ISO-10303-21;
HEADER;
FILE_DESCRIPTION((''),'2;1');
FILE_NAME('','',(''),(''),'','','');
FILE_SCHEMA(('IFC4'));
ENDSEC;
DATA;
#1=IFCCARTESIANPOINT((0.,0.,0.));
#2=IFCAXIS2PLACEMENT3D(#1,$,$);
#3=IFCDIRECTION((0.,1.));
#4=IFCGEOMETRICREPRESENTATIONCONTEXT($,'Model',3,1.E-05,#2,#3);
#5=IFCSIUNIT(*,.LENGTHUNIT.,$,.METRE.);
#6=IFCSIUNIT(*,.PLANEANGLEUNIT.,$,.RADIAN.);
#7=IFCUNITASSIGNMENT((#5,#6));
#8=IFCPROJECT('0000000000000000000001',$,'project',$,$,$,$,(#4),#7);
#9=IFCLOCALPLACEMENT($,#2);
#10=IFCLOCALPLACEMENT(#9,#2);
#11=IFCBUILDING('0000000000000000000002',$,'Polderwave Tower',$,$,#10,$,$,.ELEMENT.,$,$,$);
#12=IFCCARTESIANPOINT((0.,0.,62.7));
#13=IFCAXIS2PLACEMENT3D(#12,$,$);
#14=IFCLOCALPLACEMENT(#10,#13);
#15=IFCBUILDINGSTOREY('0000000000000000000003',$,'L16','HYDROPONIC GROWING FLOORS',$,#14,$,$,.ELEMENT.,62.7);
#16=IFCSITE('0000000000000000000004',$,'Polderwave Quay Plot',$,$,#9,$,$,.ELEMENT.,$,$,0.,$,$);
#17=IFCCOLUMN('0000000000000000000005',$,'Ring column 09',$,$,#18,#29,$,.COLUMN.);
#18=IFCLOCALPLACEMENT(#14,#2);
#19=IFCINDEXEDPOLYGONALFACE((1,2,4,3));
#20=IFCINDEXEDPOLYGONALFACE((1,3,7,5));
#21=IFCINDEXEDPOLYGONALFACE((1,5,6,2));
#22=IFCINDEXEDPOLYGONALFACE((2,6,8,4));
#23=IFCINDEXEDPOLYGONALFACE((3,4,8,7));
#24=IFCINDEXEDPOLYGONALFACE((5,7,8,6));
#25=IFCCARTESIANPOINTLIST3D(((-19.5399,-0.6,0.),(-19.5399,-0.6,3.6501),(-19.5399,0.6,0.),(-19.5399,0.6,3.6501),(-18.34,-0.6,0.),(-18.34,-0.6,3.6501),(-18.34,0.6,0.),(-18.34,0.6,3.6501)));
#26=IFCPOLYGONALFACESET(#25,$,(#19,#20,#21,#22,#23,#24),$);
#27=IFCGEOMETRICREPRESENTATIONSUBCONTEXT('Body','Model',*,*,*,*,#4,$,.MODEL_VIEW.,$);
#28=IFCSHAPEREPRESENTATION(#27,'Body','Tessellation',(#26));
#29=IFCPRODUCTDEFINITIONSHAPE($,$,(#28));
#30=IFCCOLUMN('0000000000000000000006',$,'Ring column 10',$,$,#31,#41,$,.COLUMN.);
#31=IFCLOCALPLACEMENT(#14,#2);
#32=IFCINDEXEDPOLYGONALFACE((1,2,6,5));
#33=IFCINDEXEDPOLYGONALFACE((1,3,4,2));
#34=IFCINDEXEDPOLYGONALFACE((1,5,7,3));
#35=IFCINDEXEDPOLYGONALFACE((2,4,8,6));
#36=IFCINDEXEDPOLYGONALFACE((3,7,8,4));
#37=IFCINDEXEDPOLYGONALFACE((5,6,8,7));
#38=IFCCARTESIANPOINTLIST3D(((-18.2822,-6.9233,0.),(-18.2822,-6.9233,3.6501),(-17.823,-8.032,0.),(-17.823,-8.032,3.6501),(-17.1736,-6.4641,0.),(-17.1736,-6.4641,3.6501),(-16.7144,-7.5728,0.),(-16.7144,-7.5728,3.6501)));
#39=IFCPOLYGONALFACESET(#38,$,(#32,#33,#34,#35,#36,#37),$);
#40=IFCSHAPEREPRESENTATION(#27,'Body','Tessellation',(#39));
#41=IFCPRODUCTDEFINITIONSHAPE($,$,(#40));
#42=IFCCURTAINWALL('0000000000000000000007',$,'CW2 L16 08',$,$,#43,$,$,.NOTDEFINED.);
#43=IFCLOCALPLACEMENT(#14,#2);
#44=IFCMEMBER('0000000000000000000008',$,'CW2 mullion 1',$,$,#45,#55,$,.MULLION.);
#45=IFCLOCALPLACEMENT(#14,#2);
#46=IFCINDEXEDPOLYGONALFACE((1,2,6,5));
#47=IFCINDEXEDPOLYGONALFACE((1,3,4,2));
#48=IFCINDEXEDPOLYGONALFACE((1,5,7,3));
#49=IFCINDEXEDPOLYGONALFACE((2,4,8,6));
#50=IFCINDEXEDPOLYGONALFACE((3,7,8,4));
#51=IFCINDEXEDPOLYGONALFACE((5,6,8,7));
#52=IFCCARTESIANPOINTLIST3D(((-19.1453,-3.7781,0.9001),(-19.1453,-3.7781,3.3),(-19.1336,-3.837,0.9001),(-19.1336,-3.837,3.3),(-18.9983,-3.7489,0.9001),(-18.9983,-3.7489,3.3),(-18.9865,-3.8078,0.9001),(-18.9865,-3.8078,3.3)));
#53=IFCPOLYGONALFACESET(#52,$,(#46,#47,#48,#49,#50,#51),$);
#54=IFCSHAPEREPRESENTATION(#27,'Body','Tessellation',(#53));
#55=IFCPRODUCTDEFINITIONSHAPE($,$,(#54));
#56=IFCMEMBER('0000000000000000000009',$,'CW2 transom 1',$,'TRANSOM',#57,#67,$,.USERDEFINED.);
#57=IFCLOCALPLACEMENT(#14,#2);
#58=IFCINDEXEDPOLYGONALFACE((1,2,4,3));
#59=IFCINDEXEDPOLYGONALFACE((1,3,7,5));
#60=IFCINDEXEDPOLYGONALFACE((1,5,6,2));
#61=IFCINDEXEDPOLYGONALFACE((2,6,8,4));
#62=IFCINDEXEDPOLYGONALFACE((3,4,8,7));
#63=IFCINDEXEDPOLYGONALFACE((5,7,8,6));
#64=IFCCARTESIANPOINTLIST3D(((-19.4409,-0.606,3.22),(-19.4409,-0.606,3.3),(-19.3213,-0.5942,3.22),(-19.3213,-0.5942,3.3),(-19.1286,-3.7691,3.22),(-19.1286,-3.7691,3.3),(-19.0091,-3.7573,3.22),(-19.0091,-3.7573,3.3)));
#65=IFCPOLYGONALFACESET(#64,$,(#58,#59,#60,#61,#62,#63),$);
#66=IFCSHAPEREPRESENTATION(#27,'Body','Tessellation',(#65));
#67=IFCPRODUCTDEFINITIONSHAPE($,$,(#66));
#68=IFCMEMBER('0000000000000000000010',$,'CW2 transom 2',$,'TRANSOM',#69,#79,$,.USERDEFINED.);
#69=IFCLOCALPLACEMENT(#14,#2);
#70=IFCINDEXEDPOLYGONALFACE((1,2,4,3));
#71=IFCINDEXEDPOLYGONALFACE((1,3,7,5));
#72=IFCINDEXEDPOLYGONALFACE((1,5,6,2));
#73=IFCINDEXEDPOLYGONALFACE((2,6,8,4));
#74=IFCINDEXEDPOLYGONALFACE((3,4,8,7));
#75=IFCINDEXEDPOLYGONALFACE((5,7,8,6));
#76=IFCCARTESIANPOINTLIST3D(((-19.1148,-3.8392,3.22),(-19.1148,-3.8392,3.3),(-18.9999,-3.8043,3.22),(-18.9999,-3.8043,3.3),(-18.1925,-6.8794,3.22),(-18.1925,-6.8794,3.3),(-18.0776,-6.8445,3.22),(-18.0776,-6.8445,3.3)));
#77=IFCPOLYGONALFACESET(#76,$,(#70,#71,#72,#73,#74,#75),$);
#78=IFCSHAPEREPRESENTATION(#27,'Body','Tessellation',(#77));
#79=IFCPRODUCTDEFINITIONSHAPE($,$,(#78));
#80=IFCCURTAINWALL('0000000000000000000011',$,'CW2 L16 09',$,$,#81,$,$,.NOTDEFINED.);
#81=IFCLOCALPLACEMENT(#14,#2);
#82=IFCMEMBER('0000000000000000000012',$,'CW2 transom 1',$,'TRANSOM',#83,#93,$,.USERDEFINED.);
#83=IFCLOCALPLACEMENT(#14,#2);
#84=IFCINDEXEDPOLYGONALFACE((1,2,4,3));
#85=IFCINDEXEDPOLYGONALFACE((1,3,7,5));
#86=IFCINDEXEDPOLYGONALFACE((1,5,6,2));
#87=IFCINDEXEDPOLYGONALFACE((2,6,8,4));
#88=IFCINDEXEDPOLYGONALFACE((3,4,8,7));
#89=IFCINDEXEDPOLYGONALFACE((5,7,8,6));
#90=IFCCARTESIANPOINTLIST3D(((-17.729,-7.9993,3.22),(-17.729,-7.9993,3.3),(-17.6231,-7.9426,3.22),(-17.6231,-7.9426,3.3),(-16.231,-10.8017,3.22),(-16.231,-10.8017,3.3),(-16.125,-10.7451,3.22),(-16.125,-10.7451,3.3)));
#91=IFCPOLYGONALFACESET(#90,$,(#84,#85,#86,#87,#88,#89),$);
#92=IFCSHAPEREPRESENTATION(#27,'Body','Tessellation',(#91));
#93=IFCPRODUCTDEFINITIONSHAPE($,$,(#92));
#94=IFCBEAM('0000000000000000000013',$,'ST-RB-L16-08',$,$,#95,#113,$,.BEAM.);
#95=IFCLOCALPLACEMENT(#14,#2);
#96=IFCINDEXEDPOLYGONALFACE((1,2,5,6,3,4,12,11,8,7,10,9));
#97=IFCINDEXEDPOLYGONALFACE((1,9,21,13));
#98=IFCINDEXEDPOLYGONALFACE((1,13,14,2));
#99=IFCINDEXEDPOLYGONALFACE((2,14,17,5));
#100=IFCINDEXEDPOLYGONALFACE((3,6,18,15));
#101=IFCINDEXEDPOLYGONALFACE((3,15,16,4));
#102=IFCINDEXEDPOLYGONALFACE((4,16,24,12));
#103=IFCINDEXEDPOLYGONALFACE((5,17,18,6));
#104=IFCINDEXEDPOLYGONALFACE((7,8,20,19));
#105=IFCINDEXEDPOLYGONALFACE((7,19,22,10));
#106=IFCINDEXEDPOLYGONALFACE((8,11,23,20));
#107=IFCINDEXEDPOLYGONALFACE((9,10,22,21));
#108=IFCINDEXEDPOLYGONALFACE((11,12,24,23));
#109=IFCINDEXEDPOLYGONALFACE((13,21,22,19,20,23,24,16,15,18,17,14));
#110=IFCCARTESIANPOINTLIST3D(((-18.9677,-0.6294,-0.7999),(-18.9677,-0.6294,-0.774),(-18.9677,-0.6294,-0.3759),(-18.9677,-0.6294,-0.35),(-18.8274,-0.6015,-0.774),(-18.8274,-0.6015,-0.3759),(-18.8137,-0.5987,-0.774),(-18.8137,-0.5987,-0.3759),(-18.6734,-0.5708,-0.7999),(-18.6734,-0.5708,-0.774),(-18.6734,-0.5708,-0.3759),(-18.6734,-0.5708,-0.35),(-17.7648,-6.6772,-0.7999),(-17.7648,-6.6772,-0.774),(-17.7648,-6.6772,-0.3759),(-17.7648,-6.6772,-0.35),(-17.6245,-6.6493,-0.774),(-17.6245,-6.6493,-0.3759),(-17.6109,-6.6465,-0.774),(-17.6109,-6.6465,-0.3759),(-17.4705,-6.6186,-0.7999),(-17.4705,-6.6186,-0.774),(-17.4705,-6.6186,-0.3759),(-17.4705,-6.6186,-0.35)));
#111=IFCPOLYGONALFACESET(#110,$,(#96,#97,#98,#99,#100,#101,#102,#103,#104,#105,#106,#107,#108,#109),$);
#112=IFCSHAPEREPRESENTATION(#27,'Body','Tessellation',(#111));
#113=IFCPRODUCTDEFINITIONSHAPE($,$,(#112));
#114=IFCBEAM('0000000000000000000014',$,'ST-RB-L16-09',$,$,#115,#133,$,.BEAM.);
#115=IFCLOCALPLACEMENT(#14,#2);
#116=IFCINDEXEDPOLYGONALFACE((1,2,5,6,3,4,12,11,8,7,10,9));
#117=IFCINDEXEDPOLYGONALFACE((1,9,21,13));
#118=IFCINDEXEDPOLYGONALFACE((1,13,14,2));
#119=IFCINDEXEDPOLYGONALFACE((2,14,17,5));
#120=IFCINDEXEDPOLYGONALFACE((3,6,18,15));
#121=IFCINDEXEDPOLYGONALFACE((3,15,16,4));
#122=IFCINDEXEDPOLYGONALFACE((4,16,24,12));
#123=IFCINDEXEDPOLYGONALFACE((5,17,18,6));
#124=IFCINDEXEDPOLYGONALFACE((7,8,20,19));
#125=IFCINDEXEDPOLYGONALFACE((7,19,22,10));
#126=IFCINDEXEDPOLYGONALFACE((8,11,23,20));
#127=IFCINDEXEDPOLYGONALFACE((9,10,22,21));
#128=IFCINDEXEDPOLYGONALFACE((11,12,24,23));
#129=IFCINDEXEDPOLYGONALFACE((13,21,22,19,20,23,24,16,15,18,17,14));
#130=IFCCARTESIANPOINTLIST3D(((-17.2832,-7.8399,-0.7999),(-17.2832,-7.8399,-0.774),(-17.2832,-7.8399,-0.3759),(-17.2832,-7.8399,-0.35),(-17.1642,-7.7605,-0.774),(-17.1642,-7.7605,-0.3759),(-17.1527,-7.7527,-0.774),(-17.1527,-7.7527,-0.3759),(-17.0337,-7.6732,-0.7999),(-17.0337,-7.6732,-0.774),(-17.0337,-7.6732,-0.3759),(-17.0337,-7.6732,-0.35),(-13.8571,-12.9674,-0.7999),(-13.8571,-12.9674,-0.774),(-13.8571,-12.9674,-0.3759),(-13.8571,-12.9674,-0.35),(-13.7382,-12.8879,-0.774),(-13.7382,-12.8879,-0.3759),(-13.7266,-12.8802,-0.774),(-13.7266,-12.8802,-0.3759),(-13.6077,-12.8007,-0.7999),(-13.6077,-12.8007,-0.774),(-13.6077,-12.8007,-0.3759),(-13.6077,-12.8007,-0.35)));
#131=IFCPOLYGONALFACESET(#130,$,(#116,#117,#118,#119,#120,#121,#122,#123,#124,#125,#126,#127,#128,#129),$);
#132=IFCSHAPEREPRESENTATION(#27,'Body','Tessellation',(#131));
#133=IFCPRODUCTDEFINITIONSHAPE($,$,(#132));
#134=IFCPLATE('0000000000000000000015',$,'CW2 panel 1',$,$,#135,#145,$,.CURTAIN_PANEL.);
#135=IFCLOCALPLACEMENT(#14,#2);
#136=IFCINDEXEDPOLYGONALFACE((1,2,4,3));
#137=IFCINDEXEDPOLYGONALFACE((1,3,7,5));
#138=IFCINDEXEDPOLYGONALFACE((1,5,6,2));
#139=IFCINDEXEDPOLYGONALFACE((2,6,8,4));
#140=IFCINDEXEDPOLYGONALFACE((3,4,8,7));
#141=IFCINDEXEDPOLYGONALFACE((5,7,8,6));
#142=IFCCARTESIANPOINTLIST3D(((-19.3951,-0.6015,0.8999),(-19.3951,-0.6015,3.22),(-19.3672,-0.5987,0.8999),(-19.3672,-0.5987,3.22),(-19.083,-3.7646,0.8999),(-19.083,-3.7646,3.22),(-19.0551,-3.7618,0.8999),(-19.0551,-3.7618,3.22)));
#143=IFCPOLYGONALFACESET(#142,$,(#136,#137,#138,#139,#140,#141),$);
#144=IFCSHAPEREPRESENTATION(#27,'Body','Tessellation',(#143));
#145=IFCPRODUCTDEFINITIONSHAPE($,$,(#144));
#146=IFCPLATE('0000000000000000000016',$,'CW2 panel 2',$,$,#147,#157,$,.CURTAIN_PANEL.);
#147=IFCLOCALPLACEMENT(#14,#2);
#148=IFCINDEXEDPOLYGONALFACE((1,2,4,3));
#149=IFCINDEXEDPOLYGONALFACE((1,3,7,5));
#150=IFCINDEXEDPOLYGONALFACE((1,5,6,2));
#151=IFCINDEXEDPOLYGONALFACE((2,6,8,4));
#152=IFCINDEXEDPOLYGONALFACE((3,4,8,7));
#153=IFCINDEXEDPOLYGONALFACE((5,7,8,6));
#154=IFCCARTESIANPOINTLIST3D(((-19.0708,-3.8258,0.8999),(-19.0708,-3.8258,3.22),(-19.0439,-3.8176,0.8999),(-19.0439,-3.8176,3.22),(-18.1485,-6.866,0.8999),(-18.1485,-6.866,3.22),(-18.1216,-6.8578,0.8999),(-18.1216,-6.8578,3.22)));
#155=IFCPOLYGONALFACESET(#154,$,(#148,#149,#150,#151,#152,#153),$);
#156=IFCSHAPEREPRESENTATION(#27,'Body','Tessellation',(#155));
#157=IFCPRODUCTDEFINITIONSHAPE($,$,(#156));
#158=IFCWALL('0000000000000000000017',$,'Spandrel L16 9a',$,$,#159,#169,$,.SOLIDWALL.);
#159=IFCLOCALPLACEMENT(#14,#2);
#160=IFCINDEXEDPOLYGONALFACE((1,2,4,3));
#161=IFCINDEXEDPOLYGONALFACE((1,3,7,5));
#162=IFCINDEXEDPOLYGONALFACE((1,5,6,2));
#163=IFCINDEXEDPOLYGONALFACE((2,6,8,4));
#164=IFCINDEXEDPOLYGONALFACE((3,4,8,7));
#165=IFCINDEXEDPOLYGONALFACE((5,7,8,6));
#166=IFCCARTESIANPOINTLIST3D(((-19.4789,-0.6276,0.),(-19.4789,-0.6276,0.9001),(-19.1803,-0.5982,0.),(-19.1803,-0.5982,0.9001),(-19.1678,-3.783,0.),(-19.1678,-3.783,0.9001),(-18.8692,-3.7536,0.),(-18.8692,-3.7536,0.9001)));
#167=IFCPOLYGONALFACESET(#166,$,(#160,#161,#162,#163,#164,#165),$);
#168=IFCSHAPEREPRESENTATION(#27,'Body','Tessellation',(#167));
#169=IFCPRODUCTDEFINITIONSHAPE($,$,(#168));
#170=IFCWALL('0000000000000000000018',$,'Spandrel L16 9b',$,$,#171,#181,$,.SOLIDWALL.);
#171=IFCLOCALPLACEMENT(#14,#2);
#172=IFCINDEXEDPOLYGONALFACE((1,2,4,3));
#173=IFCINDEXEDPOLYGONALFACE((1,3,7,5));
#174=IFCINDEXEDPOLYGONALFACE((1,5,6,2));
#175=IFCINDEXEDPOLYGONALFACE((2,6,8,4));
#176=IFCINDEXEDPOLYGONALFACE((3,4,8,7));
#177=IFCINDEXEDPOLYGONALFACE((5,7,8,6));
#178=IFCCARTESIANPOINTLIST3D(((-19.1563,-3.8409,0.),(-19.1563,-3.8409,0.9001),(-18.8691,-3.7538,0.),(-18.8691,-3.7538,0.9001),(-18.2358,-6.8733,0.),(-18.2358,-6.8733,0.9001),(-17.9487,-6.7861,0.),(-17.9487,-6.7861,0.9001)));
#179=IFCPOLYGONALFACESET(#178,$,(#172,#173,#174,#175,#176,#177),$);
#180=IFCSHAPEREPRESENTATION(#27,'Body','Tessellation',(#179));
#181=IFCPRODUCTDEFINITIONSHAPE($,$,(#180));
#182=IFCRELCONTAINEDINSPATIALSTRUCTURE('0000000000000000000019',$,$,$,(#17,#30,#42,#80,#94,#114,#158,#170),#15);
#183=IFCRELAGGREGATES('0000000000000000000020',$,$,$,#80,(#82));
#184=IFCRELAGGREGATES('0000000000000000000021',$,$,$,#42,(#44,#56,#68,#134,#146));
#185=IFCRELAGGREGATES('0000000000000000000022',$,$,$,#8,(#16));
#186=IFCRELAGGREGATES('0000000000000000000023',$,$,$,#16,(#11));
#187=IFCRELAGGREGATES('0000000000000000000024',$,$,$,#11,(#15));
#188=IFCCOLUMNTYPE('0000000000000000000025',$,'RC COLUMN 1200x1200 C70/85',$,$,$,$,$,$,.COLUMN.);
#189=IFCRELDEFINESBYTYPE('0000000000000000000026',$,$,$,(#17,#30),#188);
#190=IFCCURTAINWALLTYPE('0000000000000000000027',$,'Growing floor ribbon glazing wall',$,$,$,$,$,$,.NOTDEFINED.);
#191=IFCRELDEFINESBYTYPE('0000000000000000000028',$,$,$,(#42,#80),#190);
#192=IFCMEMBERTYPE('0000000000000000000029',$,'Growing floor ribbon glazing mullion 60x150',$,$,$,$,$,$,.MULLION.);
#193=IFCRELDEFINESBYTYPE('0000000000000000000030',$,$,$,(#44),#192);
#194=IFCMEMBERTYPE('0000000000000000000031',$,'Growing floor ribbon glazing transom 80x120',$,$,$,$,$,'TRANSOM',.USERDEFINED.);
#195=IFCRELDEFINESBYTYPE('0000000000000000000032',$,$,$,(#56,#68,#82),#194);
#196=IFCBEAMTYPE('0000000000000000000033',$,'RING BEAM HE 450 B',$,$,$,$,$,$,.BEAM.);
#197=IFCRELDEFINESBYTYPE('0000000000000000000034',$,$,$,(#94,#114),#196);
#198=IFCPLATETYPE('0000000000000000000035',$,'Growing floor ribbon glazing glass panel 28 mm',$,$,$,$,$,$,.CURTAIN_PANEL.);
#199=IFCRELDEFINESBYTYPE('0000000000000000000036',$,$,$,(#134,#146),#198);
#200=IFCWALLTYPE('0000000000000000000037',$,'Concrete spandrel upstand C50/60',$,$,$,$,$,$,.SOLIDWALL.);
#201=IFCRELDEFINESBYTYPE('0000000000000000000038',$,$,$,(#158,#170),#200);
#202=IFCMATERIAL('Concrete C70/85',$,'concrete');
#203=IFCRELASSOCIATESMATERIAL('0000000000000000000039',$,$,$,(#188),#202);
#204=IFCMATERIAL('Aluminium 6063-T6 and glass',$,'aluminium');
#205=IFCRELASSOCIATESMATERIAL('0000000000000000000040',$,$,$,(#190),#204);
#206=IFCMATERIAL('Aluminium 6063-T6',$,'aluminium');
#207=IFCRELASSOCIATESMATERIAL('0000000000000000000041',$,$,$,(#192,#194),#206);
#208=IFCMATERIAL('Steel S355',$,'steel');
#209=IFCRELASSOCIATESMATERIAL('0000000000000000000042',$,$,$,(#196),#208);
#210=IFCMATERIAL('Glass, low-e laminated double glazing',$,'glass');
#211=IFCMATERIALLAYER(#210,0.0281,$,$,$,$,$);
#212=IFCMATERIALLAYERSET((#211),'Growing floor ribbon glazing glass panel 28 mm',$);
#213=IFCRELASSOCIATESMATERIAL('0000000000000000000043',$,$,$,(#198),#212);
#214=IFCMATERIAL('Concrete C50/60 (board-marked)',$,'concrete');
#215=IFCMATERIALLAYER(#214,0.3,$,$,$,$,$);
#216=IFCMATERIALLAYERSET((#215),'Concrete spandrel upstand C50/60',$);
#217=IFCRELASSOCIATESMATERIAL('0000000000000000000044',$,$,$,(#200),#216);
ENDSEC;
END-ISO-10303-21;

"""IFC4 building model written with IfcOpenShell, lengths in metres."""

from ifc_helpers import new_model, si_unit, direction, frame, frame_2d, origin, origin_2d, place, context, subcontext, project, spatial, rectangle, i_section, extrude, material, layer, layer_set, material_profile, profile_set, type_object, element, aggregate, save


model = new_model("IFC4")

# Units and contexts
model_context = context("Model", 3, precision=1e-05, world=origin(), true_north=direction((0.0, 1.0)))
body_context = subcontext(model_context, "Body", "Model", "MODEL_VIEW")
ifc_project = project(units=[si_unit("LENGTHUNIT", "METRE"), si_unit("PLANEANGLEUNIT", "RADIAN")], contexts=[model_context])

# Site, building, storey
site_placement = place(None, origin())
site = spatial("IfcSite", under=ifc_project, at=site_placement, Name="Polderwave Quay Plot", CompositionType="ELEMENT", RefElevation=0.0)
building_placement = place(site_placement, origin())
building = spatial("IfcBuilding", under=site, at=building_placement, Name="Polderwave Tower", CompositionType="ELEMENT")
storey_placement = place(building_placement, frame((0.0, 0.0, 62.7)))
storey = spatial("IfcBuildingStorey", under=building, at=storey_placement, Name="L16", Description="HYDROPONIC GROWING FLOORS", CompositionType="ELEMENT", Elevation=62.7)

# Columns
ifc_material_1 = material(Name="Concrete C70/85", Category="concrete")
ifc_material_profile_1 = material_profile(ifc_material_1, rectangle(XDim=1.2, YDim=1.2, at=origin_2d()), Name="RC 1200x1200")
ifc_profile_set_1 = profile_set([ifc_material_profile_1], Name="Concrete C70/85")
column_type = type_object("IfcColumnType", Name="RC COLUMN 1200x1200 C70/85", PredefinedType="COLUMN", material=ifc_profile_set_1)
for number, where, z_axis, x_axis, name in (
    (1, (-18.9399, 0.0, 0.0), (0.0, 0.0, 1.0), (-1.0, 0.0, 0.0), "Ring column 09"),
    (2, (-17.4983, -7.248, 0.0), (0.0, 0.0, 1.0), (-0.92388, -0.382683, 0.0), "Ring column 10"),
):
    element("IfcColumn", number, at=place(storey_placement, frame(where, z_axis=z_axis, x_axis=x_axis)), inside=storey, type_object=column_type, Name=name, PredefinedType="COLUMN", context=body_context, shape_type="SweptSolid", body=[
        extrude(rectangle(XDim=1.2, YDim=1.2, at=origin_2d()), origin(), (0.0, 0.0, 1.0), 3.6501),
    ])

# Curtain wall, members
ifc_material_2 = material(Name="Aluminium 6063-T6 and glass", Category="aluminium")
curtain_wall_type = type_object("IfcCurtainWallType", Name="Growing floor ribbon glazing wall", PredefinedType="NOTDEFINED", material=ifc_material_2)
curtain_wall_1_placement = place(storey_placement, origin())
curtain_wall_1 = element("IfcCurtainWall", 3, at=curtain_wall_1_placement, inside=storey, type_object=curtain_wall_type, Name="CW2 L16 08", PredefinedType="NOTDEFINED")
ifc_material_3 = material(Name="Aluminium 6063-T6", Category="aluminium")
ifc_material_profile_2 = material_profile(ifc_material_3, rectangle(XDim=0.1499, YDim=0.0601, at=origin_2d()), Name="AL 60x150")
ifc_profile_set_2 = profile_set([ifc_material_profile_2], Name="Aluminium 6063-T6")
member_type_1 = type_object("IfcMemberType", Name="Growing floor ribbon glazing mullion 60x150", PredefinedType="MULLION", material=ifc_profile_set_2)
member_1_placement = place(storey_placement, frame((-19.0659, -3.793, 0.9001), z_axis=(0.0, 0.0, 1.0), x_axis=(0.980769, 0.195172, 0.0)))
member_1 = element("IfcMember", 4, at=member_1_placement, type_object=member_type_1, Name="CW2 mullion 1", PredefinedType="MULLION", context=body_context, shape_type="SweptSolid", body=[
    extrude(rectangle(XDim=0.1499, YDim=0.0601, at=origin_2d()), origin(), (0.0, 0.0, 1.0), 2.3999),
])
ifc_material_profile_3 = material_profile(ifc_material_3, rectangle(XDim=0.1201, YDim=0.0801, at=origin_2d()), Name="AL 80x120")
ifc_profile_set_3 = profile_set([ifc_material_profile_3], Name="Aluminium 6063-T6")
member_type_2 = type_object("IfcMemberType", Name="Growing floor ribbon glazing transom 80x120", ElementType="TRANSOM", PredefinedType="USERDEFINED", material=ifc_profile_set_3)
member_2_placement = place(storey_placement, frame((-19.3811, -0.6001, 3.26), z_axis=(0.098241, -0.995163, 0.0), x_axis=(0.995163, 0.098241, 0.0)))
member_2 = element("IfcMember", 5, at=member_2_placement, type_object=member_type_2, Name="CW2 transom 1", ObjectType="TRANSOM", PredefinedType="USERDEFINED", context=body_context, shape_type="SweptSolid", body=[
    extrude(rectangle(XDim=0.1201, YDim=0.0801, at=origin_2d()), origin(), (0.0, 0.0, 1.0), 3.1785),
])
member_3_placement = place(storey_placement, frame((-19.0574, -3.8218, 3.26), z_axis=(0.290314, -0.956931, 0.0), x_axis=(0.956931, 0.290314, 0.0)))
member_3 = element("IfcMember", 6, at=member_3_placement, type_object=member_type_2, Name="CW2 transom 2", ObjectType="TRANSOM", PredefinedType="USERDEFINED", context=body_context, shape_type="SweptSolid", body=[
    extrude(rectangle(XDim=0.1201, YDim=0.0801, at=origin_2d()), origin(), (0.0, 0.0, 1.0), 3.177),
])

# Curtain wall, member
curtain_wall_2_placement = place(storey_placement, origin())
curtain_wall_2 = element("IfcCurtainWall", 7, at=curtain_wall_2_placement, inside=storey, type_object=curtain_wall_type, Name="CW2 L16 09", PredefinedType="NOTDEFINED")
member_4_placement = place(storey_placement, frame((-17.676, -7.9709, 3.26), z_axis=(0.471417, -0.88191, 0.0), x_axis=(0.88191, 0.471417, 0.0)))
member_4 = element("IfcMember", 8, at=member_4_placement, type_object=member_type_2, Name="CW2 transom 1", ObjectType="TRANSOM", PredefinedType="USERDEFINED", context=body_context, shape_type="SweptSolid", body=[
    extrude(rectangle(XDim=0.1201, YDim=0.0801, at=origin_2d()), origin(), (0.0, 0.0, 1.0), 3.1777),
])
aggregate(curtain_wall_2, [member_4])

# Beams
ifc_material_4 = material(Name="Steel S355", Category="steel")
ifc_material_profile_4 = material_profile(ifc_material_4, i_section(OverallWidth=0.3, OverallDepth=0.45, WebThickness=0.0139, FlangeThickness=0.0259, at=origin_2d()), Name="HE 450 B")
ifc_profile_set_4 = profile_set([ifc_material_profile_4], Name="Steel S355")
beam_type = type_object("IfcBeamType", Name="RING BEAM HE 450 B", PredefinedType="BEAM", material=ifc_profile_set_4)
beam_1_placement = place(storey_placement, frame((-18.8206, -0.6001, -0.575), z_axis=(0.195073, -0.980789, 0.0), x_axis=(0.980789, 0.195073, 0.0)))
element("IfcBeam", 9, at=beam_1_placement, inside=storey, type_object=beam_type, Name="ST-RB-L16-08", PredefinedType="BEAM", context=body_context, shape_type="SweptSolid", body=[
    extrude(i_section(OverallWidth=0.3, OverallDepth=0.45, WebThickness=0.0139, FlangeThickness=0.0259, at=origin_2d()), origin(), (0.0, 0.0, 1.0), 6.1663),
])
beam_2_placement = place(storey_placement, frame((-17.1584, -7.7566, -0.575), z_axis=(0.555568, -0.831471, 0.0), x_axis=(0.831471, 0.555568, 0.0)))
element("IfcBeam", 10, at=beam_2_placement, inside=storey, type_object=beam_type, Name="ST-RB-L16-09", PredefinedType="BEAM", context=body_context, shape_type="SweptSolid", body=[
    extrude(i_section(OverallWidth=0.3, OverallDepth=0.45, WebThickness=0.0139, FlangeThickness=0.0259, at=origin_2d()), origin(), (0.0, 0.0, 1.0), 6.1667),
])

# Plates
ifc_material_5 = material(Name="Glass, low-e laminated double glazing", Category="glass")
ifc_layer_1 = layer(ifc_material_5, 0.0281)
ifc_layer_set_1 = layer_set([ifc_layer_1], Name="Growing floor ribbon glazing glass panel 28 mm")
plate_type = type_object("IfcPlateType", Name="Growing floor ribbon glazing glass panel 28 mm", PredefinedType="CURTAIN_PANEL", material=ifc_layer_set_1)
plate_1_placement = place(storey_placement, frame((-19.2251, -2.1816, 0.8999), z_axis=(0.0, 0.0, 1.0), x_axis=(0.098177, -0.995169, 0.0)))
plate_1 = element("IfcPlate", 11, at=plate_1_placement, type_object=plate_type, Name="CW2 panel 1", PredefinedType="CURTAIN_PANEL", context=body_context, shape_type="SweptSolid", body=[
    extrude(rectangle(XDim=3.1785, YDim=0.0281, at=origin_2d()), origin(), (0.0, 0.0, 1.0), 2.3201),
])
plate_2_placement = place(storey_placement, frame((-18.5962, -5.3418, 0.8999), z_axis=(0.0, 0.0, 1.0), x_axis=(0.290293, -0.956938, 0.0)))
plate_2 = element("IfcPlate", 12, at=plate_2_placement, type_object=plate_type, Name="CW2 panel 2", PredefinedType="CURTAIN_PANEL", context=body_context, shape_type="SweptSolid", body=[
    extrude(rectangle(XDim=3.177, YDim=0.0281, at=origin_2d()), origin(), (0.0, 0.0, 1.0), 2.3201),
])
aggregate(curtain_wall_1, [member_1, member_2, member_3, plate_1, plate_2])

# Walls
ifc_material_6 = material(Name="Concrete C50/60 (board-marked)", Category="concrete")
ifc_layer_2 = layer(ifc_material_6, 0.3)
ifc_layer_set_2 = layer_set([ifc_layer_2], Name="Concrete spandrel upstand C50/60")
wall_type_1 = type_object("IfcWallType", Name="Concrete spandrel upstand C50/60", PredefinedType="SOLIDWALL", material=ifc_layer_set_2)
wall_1_placement = place(storey_placement, frame((-19.3296, -0.6128, 0.0), z_axis=(0.0, 0.0, 1.0), x_axis=(0.098101, -0.995176, 0.0)))
element("IfcWall", 13, at=wall_1_placement, inside=storey, type_object=wall_type_1, Name="Spandrel L16 9a", PredefinedType="SOLIDWALL", context=body_context, shape_type="SweptSolid", body=[
    extrude(rectangle(XDim=3.1707, YDim=0.3, at=frame_2d((1.5854, 0.0))), origin(), (0.0, 0.0, 1.0), 0.9001),
])
wall_2_placement = place(storey_placement, frame((-19.0127, -3.7974, 0.0), z_axis=(0.0, 0.0, 1.0), x_axis=(0.290456, -0.956888, 0.0)))
element("IfcWall", 14, at=wall_2_placement, inside=storey, type_object=wall_type_1, Name="Spandrel L16 9b", PredefinedType="SOLIDWALL", context=body_context, shape_type="SweptSolid", body=[
    extrude(rectangle(XDim=3.1689, YDim=0.3, at=frame_2d((1.5845, 0.0))), origin(), (0.0, 0.0, 1.0), 0.9001),
])

save(model, "model.ifc")
